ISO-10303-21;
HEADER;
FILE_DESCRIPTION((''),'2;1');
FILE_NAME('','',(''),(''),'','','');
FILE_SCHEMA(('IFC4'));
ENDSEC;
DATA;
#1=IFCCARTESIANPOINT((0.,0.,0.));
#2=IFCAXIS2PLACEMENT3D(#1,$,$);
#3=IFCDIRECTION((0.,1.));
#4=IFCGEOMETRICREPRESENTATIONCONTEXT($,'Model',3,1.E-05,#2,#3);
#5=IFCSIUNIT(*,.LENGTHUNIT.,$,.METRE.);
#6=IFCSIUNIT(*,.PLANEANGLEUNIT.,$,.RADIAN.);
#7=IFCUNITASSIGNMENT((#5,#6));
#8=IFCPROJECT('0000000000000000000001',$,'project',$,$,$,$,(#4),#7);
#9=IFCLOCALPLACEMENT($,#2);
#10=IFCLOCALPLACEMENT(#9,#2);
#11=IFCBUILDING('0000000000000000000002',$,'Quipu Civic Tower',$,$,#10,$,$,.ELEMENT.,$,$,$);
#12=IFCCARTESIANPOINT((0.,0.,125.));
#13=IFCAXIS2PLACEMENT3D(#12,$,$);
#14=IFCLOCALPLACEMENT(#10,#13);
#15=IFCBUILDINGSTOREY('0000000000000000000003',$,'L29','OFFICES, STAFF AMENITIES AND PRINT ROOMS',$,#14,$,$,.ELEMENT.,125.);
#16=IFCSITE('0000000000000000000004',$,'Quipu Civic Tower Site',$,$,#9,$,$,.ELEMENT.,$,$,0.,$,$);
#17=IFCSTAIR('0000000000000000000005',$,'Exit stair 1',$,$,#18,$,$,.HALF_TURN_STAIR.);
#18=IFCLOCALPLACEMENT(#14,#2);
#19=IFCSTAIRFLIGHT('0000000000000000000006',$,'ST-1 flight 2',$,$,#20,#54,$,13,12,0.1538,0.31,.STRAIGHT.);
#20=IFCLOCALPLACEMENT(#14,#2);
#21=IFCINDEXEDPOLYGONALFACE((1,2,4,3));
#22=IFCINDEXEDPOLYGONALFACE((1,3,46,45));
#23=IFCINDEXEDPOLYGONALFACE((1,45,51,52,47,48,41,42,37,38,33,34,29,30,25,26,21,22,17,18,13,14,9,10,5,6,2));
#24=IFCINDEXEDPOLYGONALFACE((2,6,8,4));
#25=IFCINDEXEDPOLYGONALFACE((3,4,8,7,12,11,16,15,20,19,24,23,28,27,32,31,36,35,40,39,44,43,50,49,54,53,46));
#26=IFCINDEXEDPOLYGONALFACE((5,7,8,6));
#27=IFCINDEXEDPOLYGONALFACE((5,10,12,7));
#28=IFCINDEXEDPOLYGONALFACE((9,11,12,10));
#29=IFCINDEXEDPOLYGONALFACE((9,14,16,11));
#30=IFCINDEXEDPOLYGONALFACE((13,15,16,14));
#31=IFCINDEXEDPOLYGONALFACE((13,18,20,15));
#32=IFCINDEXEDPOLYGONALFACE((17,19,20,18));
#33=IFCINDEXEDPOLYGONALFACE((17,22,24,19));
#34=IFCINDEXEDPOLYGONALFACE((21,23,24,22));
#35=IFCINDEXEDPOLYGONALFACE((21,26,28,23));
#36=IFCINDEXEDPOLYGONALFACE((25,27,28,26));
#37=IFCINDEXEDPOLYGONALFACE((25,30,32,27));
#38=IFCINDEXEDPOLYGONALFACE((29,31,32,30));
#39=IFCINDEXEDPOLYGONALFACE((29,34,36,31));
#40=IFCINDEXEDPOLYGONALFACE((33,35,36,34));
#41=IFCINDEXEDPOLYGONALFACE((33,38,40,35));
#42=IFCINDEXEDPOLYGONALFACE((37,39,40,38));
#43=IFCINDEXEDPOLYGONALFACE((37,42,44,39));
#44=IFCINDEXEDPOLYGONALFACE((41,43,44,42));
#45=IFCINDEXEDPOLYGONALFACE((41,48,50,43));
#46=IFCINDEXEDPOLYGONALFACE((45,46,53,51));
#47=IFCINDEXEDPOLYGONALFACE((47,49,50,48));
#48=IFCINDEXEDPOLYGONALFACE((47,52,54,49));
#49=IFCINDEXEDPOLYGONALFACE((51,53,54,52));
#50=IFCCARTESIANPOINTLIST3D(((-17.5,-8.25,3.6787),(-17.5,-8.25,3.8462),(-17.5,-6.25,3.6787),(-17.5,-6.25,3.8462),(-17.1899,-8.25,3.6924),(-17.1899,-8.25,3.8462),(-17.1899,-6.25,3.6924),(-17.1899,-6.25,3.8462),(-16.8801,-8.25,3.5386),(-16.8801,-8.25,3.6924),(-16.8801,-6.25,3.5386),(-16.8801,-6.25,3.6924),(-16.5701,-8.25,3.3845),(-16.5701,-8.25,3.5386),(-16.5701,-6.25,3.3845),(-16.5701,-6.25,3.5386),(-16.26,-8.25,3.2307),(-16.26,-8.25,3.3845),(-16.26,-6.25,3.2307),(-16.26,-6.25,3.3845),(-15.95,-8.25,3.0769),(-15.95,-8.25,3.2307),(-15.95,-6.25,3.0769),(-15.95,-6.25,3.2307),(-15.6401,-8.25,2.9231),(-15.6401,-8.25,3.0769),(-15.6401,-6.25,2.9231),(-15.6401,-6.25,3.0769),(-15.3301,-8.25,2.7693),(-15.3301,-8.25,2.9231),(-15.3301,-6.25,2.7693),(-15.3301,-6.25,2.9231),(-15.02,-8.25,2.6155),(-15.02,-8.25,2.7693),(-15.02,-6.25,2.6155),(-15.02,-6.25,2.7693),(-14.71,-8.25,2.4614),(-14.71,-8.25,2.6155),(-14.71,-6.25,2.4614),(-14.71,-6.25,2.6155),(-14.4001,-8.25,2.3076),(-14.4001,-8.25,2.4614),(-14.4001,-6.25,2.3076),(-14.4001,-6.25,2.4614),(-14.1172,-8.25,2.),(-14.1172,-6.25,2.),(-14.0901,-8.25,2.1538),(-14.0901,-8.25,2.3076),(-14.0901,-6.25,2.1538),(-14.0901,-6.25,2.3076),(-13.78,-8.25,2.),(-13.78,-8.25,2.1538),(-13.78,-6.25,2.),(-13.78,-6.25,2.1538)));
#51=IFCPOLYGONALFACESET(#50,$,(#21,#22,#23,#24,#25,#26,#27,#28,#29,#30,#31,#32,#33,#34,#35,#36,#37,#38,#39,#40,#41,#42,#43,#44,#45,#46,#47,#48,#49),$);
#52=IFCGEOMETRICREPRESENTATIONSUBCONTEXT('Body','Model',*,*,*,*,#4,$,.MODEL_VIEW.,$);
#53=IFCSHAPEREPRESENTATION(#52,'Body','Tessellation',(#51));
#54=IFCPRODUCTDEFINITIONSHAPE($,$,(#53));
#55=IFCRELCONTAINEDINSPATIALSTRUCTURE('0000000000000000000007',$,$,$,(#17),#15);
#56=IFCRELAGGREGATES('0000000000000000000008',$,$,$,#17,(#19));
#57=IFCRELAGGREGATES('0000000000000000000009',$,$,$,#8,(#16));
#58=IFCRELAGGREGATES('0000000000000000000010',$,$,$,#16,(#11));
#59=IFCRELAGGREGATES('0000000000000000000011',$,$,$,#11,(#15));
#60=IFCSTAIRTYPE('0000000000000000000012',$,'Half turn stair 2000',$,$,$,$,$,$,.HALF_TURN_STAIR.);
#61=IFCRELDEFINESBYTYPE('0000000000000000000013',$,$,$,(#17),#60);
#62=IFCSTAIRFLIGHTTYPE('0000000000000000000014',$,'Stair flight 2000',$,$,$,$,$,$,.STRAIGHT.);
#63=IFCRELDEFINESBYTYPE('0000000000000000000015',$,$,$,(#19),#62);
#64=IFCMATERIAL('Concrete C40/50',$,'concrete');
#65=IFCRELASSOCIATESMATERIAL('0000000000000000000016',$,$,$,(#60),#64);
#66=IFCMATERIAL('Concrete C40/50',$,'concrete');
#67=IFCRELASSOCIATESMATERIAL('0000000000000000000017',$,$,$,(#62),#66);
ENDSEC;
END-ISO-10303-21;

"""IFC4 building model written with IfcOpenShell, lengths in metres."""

from ifc_helpers import new_model, si_unit, direction, frame, origin, place, context, subcontext, project, spatial, polyline, outline, extrude, material, type_object, element, aggregate, save


model = new_model("IFC4")

# Units and contexts
model_context = context("Model", 3, precision=1e-05, world=origin(), true_north=direction((0.0, 1.0)))
body_context = subcontext(model_context, "Body", "Model", "MODEL_VIEW")
ifc_project = project(units=[si_unit("LENGTHUNIT", "METRE"), si_unit("PLANEANGLEUNIT", "RADIAN")], contexts=[model_context])

# Site, building, storey
site_placement = place(None, origin())
site = spatial("IfcSite", under=ifc_project, at=site_placement, Name="Quipu Civic Tower Site", CompositionType="ELEMENT", RefElevation=0.0)
building_placement = place(site_placement, origin())
building = spatial("IfcBuilding", under=site, at=building_placement, Name="Quipu Civic Tower", CompositionType="ELEMENT")
storey_placement = place(building_placement, frame((0.0, 0.0, 125.0)))
storey = spatial("IfcBuildingStorey", under=building, at=storey_placement, Name="L29", Description="OFFICES, STAFF AMENITIES AND PRINT ROOMS", CompositionType="ELEMENT", Elevation=125.0)

# Stair, stair flight
ifc_material_1 = material(Name="Concrete C40/50", Category="concrete")
stair_type = type_object("IfcStairType", Name="Half turn stair 2000", PredefinedType="HALF_TURN_STAIR", material=ifc_material_1)
stair_placement = place(storey_placement, origin())
stair = element("IfcStair", 1, at=stair_placement, inside=storey, type_object=stair_type, Name="Exit stair 1", PredefinedType="HALF_TURN_STAIR")
ifc_material_2 = material(Name="Concrete C40/50", Category="concrete")
stair_flight_type = type_object("IfcStairFlightType", Name="Stair flight 2000", PredefinedType="STRAIGHT", material=ifc_material_2)
stair_flight_placement = place(storey_placement, frame((-13.78, -7.25, 2.0), z_axis=(0.0, 0.0, 1.0), x_axis=(-1.0, 0.0, 0.0)))
stair_flight = element("IfcStairFlight", 2, at=stair_flight_placement, type_object=stair_flight_type, Name="ST-1 flight 2", NumberOfRisers=13, NumberOfTreads=12, PredefinedType="STRAIGHT", RiserHeight=0.1538, TreadLength=0.31, context=body_context, shape_type="SweptSolid", body=[
    extrude(outline(polyline([(0.0, 0.0), (0.0, 0.1538), (0.3101, 0.1538), (0.3101, 0.3076), (0.6201, 0.3076), (0.6201, 0.4614), (0.9299, 0.4614), (0.9299, 0.6155), (1.24, 0.6155), (1.24, 0.7693), (1.55, 0.7693), (1.55, 0.9231), (1.8601, 0.9231), (1.8601, 1.0769), (2.1699, 1.0769), (2.1699, 1.2307), (2.48, 1.2307), (2.48, 1.3845), (2.79, 1.3845), (2.79, 1.5386), (3.1001, 1.5386), (3.1001, 1.6924), (3.4099, 1.6924), (3.4099, 1.8462), (3.72, 1.8462), (3.72, 2.0), (3.72, 1.6787), (0.3372, 0.0), (0.0, 0.0)])), frame((0.0, 1.0, 0.0), z_axis=(0.0, -1.0, 0.0), x_axis=(1.0, 0.0, 0.0)), (0.0, 0.0, 1.0), 2.0),
])
aggregate(stair, [stair_flight])

save(model, "model.ifc")
